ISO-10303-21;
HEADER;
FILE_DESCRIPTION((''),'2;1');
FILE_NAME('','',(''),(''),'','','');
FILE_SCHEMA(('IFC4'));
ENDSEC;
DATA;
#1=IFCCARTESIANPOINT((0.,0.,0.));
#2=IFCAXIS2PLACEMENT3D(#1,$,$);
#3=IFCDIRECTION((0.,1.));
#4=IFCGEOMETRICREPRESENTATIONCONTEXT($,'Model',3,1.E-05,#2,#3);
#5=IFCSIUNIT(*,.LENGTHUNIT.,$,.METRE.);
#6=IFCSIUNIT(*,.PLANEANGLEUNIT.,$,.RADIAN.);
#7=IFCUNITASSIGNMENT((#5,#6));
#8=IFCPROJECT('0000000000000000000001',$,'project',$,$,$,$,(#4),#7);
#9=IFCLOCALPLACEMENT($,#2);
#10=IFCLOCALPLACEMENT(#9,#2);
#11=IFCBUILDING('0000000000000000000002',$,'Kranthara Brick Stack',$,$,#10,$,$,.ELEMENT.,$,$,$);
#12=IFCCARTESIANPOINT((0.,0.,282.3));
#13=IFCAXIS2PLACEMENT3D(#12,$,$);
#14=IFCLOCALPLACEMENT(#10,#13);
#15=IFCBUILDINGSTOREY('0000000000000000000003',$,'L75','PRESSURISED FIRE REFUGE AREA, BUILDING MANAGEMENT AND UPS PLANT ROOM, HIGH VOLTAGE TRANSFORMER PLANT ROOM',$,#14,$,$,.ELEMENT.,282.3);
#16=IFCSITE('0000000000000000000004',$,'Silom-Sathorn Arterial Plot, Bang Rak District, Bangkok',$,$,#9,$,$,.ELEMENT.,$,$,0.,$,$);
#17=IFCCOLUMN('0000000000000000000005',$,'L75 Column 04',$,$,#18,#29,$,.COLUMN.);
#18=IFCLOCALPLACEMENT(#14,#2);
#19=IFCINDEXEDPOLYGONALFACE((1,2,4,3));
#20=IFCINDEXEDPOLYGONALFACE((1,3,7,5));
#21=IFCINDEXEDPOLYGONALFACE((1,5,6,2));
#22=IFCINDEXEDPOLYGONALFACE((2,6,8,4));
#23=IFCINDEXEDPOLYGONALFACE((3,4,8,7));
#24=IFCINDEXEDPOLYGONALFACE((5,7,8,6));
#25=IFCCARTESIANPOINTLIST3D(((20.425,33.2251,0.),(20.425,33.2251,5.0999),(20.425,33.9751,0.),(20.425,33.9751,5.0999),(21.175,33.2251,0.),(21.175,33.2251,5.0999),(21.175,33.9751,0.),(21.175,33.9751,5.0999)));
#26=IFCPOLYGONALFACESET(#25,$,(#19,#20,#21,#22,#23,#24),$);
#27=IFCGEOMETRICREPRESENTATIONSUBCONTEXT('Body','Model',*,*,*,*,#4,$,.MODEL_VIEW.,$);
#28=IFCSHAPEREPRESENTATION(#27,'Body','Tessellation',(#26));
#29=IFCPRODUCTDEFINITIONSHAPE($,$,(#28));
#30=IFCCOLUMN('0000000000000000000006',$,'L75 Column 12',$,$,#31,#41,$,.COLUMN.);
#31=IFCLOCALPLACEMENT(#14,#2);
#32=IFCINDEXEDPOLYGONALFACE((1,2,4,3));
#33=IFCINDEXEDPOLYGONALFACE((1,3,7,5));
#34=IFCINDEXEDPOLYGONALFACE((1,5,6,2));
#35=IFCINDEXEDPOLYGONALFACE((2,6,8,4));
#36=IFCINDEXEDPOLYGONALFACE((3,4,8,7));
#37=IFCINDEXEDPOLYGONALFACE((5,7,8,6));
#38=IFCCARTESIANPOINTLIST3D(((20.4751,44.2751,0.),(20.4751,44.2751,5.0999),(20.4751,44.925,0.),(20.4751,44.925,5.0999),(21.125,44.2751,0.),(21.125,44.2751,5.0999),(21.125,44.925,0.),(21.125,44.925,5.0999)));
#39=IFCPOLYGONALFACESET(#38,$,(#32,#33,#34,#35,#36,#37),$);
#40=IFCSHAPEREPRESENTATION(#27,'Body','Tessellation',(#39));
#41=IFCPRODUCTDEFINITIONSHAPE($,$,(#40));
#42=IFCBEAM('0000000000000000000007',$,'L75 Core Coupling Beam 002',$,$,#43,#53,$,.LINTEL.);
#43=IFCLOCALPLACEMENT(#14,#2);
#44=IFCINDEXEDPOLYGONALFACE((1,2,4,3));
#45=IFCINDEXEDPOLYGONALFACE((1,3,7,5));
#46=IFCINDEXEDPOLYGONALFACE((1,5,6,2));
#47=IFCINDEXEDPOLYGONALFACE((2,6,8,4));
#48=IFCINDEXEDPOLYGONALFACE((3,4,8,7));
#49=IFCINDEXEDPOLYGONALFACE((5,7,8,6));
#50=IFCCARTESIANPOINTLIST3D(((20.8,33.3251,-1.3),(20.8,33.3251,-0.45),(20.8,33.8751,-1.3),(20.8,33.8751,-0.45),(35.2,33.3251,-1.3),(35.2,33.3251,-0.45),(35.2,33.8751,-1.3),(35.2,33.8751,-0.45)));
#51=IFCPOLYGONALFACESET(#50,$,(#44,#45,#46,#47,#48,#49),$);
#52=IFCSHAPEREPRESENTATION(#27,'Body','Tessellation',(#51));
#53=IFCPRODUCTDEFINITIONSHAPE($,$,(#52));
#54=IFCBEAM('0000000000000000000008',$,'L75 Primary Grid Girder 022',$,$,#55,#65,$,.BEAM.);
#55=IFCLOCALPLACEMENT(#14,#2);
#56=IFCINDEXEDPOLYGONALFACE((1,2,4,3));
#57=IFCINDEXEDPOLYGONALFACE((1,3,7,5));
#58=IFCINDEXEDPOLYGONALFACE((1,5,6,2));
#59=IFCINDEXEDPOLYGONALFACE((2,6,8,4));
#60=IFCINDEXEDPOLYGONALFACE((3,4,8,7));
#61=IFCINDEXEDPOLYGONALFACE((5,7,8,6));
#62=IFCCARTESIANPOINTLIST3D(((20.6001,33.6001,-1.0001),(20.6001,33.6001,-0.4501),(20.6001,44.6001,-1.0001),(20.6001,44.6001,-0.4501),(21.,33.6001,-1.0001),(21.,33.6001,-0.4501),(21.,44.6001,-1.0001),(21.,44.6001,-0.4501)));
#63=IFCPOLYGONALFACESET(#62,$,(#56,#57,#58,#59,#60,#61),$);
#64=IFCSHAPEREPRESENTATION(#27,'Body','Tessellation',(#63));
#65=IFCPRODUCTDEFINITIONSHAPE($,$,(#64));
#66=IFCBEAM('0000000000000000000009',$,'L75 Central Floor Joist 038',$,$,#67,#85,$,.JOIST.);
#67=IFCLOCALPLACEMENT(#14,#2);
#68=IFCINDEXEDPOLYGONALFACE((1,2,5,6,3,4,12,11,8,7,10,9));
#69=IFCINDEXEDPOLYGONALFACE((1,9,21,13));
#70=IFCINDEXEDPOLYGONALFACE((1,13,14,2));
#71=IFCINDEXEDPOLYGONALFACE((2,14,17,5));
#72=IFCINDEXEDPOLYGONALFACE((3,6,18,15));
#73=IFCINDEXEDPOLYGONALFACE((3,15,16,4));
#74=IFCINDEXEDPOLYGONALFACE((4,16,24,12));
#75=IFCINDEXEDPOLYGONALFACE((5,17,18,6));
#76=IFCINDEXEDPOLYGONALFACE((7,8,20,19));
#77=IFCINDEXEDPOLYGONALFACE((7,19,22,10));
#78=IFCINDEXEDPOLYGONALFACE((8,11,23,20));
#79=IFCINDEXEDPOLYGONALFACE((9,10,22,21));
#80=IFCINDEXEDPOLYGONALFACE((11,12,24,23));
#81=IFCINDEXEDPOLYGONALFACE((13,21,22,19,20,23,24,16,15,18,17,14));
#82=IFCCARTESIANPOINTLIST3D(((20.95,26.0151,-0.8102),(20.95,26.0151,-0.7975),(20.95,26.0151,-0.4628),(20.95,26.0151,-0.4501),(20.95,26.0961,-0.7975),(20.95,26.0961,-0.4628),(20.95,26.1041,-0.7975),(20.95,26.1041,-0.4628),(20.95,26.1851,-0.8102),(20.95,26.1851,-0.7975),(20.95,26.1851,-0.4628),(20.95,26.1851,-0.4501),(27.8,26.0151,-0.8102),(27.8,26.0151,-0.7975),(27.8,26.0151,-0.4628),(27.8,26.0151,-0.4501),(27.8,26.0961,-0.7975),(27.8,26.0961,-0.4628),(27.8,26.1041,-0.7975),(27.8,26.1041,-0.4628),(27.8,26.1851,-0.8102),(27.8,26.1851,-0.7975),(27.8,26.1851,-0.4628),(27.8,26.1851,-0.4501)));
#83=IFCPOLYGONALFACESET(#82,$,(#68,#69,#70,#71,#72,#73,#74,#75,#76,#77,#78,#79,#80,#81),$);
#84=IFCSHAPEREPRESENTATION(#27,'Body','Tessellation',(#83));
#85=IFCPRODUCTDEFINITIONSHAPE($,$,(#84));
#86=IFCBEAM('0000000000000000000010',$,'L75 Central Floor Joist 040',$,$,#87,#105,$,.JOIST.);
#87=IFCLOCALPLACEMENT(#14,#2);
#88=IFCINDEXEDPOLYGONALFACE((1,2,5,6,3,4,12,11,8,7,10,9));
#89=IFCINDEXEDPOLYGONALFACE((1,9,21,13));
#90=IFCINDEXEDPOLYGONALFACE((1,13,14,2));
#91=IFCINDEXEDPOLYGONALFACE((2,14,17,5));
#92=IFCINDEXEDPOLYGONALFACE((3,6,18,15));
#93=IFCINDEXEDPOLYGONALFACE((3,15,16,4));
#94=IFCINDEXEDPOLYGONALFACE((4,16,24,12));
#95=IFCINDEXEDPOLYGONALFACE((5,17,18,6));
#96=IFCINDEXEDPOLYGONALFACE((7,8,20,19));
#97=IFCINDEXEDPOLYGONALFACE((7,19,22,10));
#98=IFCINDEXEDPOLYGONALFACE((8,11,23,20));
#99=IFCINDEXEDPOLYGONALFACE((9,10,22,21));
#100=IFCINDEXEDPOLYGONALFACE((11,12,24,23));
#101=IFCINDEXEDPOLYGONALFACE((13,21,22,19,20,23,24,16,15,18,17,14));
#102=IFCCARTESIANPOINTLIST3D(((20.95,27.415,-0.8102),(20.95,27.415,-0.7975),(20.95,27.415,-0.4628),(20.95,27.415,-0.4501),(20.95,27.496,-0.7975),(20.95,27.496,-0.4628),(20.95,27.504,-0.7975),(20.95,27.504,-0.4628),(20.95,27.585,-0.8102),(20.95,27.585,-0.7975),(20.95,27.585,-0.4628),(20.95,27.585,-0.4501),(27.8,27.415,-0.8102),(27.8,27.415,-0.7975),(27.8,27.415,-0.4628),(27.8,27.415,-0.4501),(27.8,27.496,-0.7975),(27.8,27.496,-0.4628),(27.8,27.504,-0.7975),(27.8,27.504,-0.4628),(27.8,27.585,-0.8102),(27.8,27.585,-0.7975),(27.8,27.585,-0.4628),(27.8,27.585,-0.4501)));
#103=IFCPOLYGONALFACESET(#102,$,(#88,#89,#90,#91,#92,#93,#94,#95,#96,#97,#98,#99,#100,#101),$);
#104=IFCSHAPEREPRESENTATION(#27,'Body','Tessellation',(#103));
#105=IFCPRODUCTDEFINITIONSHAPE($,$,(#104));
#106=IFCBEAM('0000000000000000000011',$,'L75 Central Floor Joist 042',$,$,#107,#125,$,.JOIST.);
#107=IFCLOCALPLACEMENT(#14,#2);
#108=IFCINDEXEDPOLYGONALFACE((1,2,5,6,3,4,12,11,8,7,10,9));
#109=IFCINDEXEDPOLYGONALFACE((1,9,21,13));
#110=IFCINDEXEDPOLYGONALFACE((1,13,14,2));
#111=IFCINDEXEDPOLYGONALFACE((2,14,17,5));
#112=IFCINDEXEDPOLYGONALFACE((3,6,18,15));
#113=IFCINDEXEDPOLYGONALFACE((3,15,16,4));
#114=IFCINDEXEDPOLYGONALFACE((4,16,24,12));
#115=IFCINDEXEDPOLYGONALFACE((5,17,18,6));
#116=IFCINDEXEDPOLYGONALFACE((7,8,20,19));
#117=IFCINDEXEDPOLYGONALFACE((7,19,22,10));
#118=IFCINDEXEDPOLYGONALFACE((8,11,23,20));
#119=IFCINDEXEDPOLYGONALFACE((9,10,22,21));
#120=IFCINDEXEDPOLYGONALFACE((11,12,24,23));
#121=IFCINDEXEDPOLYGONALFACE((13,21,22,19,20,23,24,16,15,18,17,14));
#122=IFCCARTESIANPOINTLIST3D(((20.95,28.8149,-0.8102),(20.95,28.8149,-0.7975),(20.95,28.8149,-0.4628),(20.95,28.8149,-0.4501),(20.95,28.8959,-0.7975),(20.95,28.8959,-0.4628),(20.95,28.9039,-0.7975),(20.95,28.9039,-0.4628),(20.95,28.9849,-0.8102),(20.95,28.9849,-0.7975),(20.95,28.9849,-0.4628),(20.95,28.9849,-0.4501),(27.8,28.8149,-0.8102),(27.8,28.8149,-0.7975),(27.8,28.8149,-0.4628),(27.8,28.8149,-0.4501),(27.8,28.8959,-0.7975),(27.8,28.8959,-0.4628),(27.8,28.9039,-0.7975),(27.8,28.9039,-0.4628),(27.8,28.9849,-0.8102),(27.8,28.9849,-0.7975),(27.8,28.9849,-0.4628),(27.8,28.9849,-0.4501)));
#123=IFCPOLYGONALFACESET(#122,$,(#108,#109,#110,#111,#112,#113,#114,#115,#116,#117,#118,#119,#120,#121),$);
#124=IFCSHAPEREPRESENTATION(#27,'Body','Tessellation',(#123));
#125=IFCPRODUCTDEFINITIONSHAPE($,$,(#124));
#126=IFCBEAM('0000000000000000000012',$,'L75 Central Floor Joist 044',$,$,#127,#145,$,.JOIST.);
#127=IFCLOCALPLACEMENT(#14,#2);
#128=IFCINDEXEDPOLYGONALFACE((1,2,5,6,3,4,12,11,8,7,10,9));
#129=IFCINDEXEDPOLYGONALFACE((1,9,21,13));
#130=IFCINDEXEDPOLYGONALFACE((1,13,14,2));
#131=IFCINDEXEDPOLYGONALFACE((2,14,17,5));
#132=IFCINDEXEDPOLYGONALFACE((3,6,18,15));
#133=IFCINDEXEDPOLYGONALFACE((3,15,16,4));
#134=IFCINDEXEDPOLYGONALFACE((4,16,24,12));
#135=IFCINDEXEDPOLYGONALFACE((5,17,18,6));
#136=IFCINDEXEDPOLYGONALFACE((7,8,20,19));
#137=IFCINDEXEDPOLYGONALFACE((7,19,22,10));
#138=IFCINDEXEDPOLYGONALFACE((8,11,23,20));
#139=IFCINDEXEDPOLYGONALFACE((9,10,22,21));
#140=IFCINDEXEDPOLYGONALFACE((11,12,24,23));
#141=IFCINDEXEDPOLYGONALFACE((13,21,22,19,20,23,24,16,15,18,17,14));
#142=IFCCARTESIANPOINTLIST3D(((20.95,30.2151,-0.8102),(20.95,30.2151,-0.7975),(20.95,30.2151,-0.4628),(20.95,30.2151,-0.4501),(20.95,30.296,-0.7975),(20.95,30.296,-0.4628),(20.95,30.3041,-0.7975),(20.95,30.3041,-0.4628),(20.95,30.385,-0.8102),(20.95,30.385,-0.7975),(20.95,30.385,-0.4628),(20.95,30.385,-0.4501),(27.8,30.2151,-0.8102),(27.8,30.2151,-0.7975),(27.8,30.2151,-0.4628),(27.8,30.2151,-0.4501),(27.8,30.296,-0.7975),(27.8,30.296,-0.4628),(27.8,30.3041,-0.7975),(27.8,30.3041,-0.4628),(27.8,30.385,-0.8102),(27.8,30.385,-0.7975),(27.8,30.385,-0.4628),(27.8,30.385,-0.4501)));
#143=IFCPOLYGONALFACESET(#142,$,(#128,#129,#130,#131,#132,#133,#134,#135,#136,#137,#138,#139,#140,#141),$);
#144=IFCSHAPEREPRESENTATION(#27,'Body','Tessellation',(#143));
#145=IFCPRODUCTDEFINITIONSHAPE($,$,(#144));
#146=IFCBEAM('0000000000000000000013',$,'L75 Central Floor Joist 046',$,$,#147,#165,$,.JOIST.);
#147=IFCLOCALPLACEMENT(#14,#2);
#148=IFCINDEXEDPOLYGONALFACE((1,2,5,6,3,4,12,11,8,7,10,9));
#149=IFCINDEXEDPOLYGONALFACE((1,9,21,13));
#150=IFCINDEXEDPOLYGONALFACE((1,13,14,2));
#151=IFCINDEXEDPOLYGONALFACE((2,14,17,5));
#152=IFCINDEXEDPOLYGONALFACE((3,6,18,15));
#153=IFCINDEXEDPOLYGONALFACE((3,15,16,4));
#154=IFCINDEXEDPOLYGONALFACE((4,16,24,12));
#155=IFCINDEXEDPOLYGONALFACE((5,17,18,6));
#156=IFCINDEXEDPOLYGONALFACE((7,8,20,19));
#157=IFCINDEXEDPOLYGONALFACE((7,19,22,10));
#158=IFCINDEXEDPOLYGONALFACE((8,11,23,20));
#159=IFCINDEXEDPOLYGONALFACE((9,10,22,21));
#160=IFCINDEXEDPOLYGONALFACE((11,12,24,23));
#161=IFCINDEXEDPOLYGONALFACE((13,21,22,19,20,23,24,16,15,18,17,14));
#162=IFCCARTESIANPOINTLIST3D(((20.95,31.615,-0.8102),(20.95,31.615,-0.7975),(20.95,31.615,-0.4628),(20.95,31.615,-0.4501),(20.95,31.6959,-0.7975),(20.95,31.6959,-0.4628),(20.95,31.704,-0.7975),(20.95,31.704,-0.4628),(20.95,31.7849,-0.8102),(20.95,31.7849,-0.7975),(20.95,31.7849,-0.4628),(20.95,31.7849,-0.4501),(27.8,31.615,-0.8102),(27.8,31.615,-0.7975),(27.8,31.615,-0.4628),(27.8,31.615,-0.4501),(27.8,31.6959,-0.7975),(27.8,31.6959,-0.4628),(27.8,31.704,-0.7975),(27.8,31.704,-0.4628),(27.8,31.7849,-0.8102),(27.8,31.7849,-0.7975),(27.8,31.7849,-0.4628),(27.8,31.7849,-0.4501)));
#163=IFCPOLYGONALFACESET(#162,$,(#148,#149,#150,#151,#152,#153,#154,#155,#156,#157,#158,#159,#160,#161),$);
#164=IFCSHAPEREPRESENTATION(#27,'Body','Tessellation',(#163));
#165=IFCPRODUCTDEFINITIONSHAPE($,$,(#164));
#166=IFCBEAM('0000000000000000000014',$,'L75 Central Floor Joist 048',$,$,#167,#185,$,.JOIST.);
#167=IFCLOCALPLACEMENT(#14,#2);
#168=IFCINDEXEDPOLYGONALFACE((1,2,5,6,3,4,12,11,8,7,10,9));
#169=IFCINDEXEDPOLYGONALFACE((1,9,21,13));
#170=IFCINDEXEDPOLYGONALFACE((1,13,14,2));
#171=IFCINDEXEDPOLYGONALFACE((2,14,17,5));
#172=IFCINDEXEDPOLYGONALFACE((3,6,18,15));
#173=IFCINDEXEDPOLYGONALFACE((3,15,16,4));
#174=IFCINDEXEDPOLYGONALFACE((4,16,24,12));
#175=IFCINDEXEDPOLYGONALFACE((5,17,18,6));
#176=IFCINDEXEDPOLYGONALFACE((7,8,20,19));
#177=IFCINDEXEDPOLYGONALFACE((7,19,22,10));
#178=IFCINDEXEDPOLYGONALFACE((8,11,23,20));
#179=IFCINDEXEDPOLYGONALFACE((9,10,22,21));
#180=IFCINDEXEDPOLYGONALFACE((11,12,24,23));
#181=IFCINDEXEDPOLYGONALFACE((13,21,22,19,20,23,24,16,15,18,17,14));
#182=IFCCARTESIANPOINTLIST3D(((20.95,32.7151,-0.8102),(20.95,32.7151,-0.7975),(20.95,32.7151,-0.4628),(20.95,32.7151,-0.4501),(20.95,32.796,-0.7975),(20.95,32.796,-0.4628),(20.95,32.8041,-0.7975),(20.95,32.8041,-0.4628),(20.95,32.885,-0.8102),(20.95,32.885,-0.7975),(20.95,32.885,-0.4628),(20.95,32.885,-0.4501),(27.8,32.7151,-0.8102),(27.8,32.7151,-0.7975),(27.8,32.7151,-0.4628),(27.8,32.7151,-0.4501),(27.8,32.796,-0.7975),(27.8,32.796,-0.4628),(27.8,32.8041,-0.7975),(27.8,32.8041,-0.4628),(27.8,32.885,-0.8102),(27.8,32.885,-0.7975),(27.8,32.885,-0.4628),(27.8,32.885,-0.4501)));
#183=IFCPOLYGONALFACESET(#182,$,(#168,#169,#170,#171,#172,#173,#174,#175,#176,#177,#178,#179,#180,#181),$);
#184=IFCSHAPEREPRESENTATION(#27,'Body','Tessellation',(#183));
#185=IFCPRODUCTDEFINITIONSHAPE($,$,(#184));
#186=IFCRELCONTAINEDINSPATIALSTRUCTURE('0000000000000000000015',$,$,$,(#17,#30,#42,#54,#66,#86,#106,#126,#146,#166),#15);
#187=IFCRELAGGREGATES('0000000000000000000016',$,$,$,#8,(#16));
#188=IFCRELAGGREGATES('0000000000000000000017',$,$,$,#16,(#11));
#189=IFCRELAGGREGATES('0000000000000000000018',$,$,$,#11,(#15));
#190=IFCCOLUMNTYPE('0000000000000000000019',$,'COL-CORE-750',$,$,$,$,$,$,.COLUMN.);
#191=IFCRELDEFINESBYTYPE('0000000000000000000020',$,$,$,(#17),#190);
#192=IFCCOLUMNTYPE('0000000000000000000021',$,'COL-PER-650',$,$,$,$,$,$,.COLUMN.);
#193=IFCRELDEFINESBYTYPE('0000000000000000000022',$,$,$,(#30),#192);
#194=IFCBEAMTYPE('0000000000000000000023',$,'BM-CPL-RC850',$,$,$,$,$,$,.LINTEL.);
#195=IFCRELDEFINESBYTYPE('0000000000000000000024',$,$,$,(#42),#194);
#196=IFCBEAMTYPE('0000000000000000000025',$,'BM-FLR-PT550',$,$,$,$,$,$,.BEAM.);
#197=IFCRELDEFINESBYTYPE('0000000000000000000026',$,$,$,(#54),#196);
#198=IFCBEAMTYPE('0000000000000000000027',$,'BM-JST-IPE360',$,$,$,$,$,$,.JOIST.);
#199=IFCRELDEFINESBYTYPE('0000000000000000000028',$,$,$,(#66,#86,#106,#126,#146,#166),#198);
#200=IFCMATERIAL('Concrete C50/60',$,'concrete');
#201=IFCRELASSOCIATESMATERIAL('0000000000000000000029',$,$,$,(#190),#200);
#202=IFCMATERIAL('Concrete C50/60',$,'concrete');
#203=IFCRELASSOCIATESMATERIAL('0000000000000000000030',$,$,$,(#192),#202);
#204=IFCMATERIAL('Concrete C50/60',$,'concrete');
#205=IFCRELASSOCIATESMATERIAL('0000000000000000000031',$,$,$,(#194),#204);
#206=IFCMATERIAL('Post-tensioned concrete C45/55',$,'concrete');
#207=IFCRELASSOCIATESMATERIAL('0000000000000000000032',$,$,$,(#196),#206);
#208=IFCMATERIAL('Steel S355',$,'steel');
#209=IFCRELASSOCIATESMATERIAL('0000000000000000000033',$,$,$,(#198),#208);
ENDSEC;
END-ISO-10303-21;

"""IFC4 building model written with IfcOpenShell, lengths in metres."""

from ifc_helpers import new_model, si_unit, direction, frame, origin, origin_2d, place, context, subcontext, project, spatial, rectangle, i_section, extrude, material, material_profile, profile_set, type_object, element, save


model = new_model("IFC4")

# Units and contexts
model_context = context("Model", 3, precision=1e-05, world=origin(), true_north=direction((0.0, 1.0)))
body_context = subcontext(model_context, "Body", "Model", "MODEL_VIEW")
ifc_project = project(units=[si_unit("LENGTHUNIT", "METRE"), si_unit("PLANEANGLEUNIT", "RADIAN")], contexts=[model_context])

# Site, building, storey
site_placement = place(None, origin())
site = spatial("IfcSite", under=ifc_project, at=site_placement, Name="Silom-Sathorn Arterial Plot, Bang Rak District, Bangkok", CompositionType="ELEMENT", RefElevation=0.0)
building_placement = place(site_placement, origin())
building = spatial("IfcBuilding", under=site, at=building_placement, Name="Kranthara Brick Stack", CompositionType="ELEMENT")
storey_placement = place(building_placement, frame((0.0, 0.0, 282.3)))
storey = spatial("IfcBuildingStorey", under=building, at=storey_placement, Name="L75", Description="PRESSURISED FIRE REFUGE AREA, BUILDING MANAGEMENT AND UPS PLANT ROOM, HIGH VOLTAGE TRANSFORMER PLANT ROOM", CompositionType="ELEMENT", Elevation=282.3)

# Columns
ifc_material_1 = material(Name="Concrete C50/60", Category="concrete")
ifc_material_profile_1 = material_profile(ifc_material_1, rectangle(XDim=0.75, YDim=0.75, at=origin_2d()), Name="RC 750x750")
ifc_profile_set_1 = profile_set([ifc_material_profile_1], Name="Concrete C50/60")
column_type_1 = type_object("IfcColumnType", Name="COL-CORE-750", PredefinedType="COLUMN", material=ifc_profile_set_1)
column_1_placement = place(storey_placement, frame((20.8, 33.6001, 0.0), z_axis=(0.0, 0.0, 1.0), x_axis=(1.0, 0.0, 0.0)))
element("IfcColumn", 1, at=column_1_placement, inside=storey, type_object=column_type_1, Name="L75 Column 04", PredefinedType="COLUMN", context=body_context, shape_type="SweptSolid", body=[
    extrude(rectangle(XDim=0.75, YDim=0.75, at=origin_2d()), origin(), (0.0, 0.0, 1.0), 5.0999),
])
ifc_material_2 = material(Name="Concrete C50/60", Category="concrete")
ifc_material_profile_2 = material_profile(ifc_material_2, rectangle(XDim=0.6499, YDim=0.6499, at=origin_2d()), Name="RC 650x650")
ifc_profile_set_2 = profile_set([ifc_material_profile_2], Name="Concrete C50/60")
column_type_2 = type_object("IfcColumnType", Name="COL-PER-650", PredefinedType="COLUMN", material=ifc_profile_set_2)
column_2_placement = place(storey_placement, frame((20.8, 44.6001, 0.0), z_axis=(0.0, 0.0, 1.0), x_axis=(1.0, 0.0, 0.0)))
element("IfcColumn", 2, at=column_2_placement, inside=storey, type_object=column_type_2, Name="L75 Column 12", PredefinedType="COLUMN", context=body_context, shape_type="SweptSolid", body=[
    extrude(rectangle(XDim=0.6499, YDim=0.6499, at=origin_2d()), origin(), (0.0, 0.0, 1.0), 5.0999),
])

# Beams
ifc_material_3 = material(Name="Concrete C50/60", Category="concrete")
ifc_material_profile_3 = material_profile(ifc_material_3, rectangle(XDim=0.55, YDim=0.8501, at=origin_2d()), Name="RC 550x850")
ifc_profile_set_3 = profile_set([ifc_material_profile_3], Name="Concrete C50/60")
beam_type_1 = type_object("IfcBeamType", Name="BM-CPL-RC850", PredefinedType="LINTEL", material=ifc_profile_set_3)
beam_1_placement = place(storey_placement, frame((20.8, 33.6001, -0.875), z_axis=(1.0, 0.0, 0.0), x_axis=(0.0, 1.0, 0.0)))
element("IfcBeam", 3, at=beam_1_placement, inside=storey, type_object=beam_type_1, Name="L75 Core Coupling Beam 002", PredefinedType="LINTEL", context=body_context, shape_type="SweptSolid", body=[
    extrude(rectangle(XDim=0.55, YDim=0.8501, at=origin_2d()), origin(), (0.0, 0.0, 1.0), 14.3999),
])
ifc_material_4 = material(Name="Post-tensioned concrete C45/55", Category="concrete")
ifc_material_profile_4 = material_profile(ifc_material_4, rectangle(XDim=0.3999, YDim=0.55, at=origin_2d()), Name="PT 400x550")
ifc_profile_set_4 = profile_set([ifc_material_profile_4], Name="Post-tensioned concrete C45/55")
beam_type_2 = type_object("IfcBeamType", Name="BM-FLR-PT550", PredefinedType="BEAM", material=ifc_profile_set_4)
beam_2_placement = place(storey_placement, frame((20.8, 33.6001, -0.7251), z_axis=(0.0, 1.0, 0.0), x_axis=(-1.0, 0.0, 0.0)))
element("IfcBeam", 4, at=beam_2_placement, inside=storey, type_object=beam_type_2, Name="L75 Primary Grid Girder 022", PredefinedType="BEAM", context=body_context, shape_type="SweptSolid", body=[
    extrude(rectangle(XDim=0.3999, YDim=0.55, at=origin_2d()), origin(), (0.0, 0.0, 1.0), 11.0),
])
ifc_material_5 = material(Name="Steel S355", Category="steel")
ifc_material_profile_5 = material_profile(ifc_material_5, i_section(OverallWidth=0.1699, OverallDepth=0.3601, WebThickness=0.0081, FlangeThickness=0.0127, at=origin_2d()), Name="IPE 360")
ifc_profile_set_5 = profile_set([ifc_material_profile_5], Name="Steel S355")
beam_type_3 = type_object("IfcBeamType", Name="BM-JST-IPE360", PredefinedType="JOIST", material=ifc_profile_set_5)
for number, where, z_axis, x_axis, name in (
    (5, (20.95, 26.1001, -0.6301), (1.0, 0.0, 0.0), (0.0, 1.0, 0.0), "L75 Central Floor Joist 038"),
    (6, (20.95, 27.5, -0.6301), (1.0, 0.0, 0.0), (0.0, 1.0, 0.0), "L75 Central Floor Joist 040"),
    (7, (20.95, 28.8999, -0.6301), (1.0, 0.0, 0.0), (0.0, 1.0, 0.0), "L75 Central Floor Joist 042"),
    (8, (20.95, 30.3, -0.6301), (1.0, 0.0, 0.0), (0.0, 1.0, 0.0), "L75 Central Floor Joist 044"),
    (9, (20.95, 31.7, -0.6301), (1.0, 0.0, 0.0), (0.0, 1.0, 0.0), "L75 Central Floor Joist 046"),
    (10, (20.95, 32.8, -0.6301), (1.0, 0.0, 0.0), (0.0, 1.0, 0.0), "L75 Central Floor Joist 048"),
):
    element("IfcBeam", number, at=place(storey_placement, frame(where, z_axis=z_axis, x_axis=x_axis)), inside=storey, type_object=beam_type_3, Name=name, PredefinedType="JOIST", context=body_context, shape_type="SweptSolid", body=[
        extrude(i_section(OverallWidth=0.1699, OverallDepth=0.3601, WebThickness=0.0081, FlangeThickness=0.0127, at=origin_2d()), origin(), (0.0, 0.0, 1.0), 6.8501),
    ])

save(model, "model.ifc")
